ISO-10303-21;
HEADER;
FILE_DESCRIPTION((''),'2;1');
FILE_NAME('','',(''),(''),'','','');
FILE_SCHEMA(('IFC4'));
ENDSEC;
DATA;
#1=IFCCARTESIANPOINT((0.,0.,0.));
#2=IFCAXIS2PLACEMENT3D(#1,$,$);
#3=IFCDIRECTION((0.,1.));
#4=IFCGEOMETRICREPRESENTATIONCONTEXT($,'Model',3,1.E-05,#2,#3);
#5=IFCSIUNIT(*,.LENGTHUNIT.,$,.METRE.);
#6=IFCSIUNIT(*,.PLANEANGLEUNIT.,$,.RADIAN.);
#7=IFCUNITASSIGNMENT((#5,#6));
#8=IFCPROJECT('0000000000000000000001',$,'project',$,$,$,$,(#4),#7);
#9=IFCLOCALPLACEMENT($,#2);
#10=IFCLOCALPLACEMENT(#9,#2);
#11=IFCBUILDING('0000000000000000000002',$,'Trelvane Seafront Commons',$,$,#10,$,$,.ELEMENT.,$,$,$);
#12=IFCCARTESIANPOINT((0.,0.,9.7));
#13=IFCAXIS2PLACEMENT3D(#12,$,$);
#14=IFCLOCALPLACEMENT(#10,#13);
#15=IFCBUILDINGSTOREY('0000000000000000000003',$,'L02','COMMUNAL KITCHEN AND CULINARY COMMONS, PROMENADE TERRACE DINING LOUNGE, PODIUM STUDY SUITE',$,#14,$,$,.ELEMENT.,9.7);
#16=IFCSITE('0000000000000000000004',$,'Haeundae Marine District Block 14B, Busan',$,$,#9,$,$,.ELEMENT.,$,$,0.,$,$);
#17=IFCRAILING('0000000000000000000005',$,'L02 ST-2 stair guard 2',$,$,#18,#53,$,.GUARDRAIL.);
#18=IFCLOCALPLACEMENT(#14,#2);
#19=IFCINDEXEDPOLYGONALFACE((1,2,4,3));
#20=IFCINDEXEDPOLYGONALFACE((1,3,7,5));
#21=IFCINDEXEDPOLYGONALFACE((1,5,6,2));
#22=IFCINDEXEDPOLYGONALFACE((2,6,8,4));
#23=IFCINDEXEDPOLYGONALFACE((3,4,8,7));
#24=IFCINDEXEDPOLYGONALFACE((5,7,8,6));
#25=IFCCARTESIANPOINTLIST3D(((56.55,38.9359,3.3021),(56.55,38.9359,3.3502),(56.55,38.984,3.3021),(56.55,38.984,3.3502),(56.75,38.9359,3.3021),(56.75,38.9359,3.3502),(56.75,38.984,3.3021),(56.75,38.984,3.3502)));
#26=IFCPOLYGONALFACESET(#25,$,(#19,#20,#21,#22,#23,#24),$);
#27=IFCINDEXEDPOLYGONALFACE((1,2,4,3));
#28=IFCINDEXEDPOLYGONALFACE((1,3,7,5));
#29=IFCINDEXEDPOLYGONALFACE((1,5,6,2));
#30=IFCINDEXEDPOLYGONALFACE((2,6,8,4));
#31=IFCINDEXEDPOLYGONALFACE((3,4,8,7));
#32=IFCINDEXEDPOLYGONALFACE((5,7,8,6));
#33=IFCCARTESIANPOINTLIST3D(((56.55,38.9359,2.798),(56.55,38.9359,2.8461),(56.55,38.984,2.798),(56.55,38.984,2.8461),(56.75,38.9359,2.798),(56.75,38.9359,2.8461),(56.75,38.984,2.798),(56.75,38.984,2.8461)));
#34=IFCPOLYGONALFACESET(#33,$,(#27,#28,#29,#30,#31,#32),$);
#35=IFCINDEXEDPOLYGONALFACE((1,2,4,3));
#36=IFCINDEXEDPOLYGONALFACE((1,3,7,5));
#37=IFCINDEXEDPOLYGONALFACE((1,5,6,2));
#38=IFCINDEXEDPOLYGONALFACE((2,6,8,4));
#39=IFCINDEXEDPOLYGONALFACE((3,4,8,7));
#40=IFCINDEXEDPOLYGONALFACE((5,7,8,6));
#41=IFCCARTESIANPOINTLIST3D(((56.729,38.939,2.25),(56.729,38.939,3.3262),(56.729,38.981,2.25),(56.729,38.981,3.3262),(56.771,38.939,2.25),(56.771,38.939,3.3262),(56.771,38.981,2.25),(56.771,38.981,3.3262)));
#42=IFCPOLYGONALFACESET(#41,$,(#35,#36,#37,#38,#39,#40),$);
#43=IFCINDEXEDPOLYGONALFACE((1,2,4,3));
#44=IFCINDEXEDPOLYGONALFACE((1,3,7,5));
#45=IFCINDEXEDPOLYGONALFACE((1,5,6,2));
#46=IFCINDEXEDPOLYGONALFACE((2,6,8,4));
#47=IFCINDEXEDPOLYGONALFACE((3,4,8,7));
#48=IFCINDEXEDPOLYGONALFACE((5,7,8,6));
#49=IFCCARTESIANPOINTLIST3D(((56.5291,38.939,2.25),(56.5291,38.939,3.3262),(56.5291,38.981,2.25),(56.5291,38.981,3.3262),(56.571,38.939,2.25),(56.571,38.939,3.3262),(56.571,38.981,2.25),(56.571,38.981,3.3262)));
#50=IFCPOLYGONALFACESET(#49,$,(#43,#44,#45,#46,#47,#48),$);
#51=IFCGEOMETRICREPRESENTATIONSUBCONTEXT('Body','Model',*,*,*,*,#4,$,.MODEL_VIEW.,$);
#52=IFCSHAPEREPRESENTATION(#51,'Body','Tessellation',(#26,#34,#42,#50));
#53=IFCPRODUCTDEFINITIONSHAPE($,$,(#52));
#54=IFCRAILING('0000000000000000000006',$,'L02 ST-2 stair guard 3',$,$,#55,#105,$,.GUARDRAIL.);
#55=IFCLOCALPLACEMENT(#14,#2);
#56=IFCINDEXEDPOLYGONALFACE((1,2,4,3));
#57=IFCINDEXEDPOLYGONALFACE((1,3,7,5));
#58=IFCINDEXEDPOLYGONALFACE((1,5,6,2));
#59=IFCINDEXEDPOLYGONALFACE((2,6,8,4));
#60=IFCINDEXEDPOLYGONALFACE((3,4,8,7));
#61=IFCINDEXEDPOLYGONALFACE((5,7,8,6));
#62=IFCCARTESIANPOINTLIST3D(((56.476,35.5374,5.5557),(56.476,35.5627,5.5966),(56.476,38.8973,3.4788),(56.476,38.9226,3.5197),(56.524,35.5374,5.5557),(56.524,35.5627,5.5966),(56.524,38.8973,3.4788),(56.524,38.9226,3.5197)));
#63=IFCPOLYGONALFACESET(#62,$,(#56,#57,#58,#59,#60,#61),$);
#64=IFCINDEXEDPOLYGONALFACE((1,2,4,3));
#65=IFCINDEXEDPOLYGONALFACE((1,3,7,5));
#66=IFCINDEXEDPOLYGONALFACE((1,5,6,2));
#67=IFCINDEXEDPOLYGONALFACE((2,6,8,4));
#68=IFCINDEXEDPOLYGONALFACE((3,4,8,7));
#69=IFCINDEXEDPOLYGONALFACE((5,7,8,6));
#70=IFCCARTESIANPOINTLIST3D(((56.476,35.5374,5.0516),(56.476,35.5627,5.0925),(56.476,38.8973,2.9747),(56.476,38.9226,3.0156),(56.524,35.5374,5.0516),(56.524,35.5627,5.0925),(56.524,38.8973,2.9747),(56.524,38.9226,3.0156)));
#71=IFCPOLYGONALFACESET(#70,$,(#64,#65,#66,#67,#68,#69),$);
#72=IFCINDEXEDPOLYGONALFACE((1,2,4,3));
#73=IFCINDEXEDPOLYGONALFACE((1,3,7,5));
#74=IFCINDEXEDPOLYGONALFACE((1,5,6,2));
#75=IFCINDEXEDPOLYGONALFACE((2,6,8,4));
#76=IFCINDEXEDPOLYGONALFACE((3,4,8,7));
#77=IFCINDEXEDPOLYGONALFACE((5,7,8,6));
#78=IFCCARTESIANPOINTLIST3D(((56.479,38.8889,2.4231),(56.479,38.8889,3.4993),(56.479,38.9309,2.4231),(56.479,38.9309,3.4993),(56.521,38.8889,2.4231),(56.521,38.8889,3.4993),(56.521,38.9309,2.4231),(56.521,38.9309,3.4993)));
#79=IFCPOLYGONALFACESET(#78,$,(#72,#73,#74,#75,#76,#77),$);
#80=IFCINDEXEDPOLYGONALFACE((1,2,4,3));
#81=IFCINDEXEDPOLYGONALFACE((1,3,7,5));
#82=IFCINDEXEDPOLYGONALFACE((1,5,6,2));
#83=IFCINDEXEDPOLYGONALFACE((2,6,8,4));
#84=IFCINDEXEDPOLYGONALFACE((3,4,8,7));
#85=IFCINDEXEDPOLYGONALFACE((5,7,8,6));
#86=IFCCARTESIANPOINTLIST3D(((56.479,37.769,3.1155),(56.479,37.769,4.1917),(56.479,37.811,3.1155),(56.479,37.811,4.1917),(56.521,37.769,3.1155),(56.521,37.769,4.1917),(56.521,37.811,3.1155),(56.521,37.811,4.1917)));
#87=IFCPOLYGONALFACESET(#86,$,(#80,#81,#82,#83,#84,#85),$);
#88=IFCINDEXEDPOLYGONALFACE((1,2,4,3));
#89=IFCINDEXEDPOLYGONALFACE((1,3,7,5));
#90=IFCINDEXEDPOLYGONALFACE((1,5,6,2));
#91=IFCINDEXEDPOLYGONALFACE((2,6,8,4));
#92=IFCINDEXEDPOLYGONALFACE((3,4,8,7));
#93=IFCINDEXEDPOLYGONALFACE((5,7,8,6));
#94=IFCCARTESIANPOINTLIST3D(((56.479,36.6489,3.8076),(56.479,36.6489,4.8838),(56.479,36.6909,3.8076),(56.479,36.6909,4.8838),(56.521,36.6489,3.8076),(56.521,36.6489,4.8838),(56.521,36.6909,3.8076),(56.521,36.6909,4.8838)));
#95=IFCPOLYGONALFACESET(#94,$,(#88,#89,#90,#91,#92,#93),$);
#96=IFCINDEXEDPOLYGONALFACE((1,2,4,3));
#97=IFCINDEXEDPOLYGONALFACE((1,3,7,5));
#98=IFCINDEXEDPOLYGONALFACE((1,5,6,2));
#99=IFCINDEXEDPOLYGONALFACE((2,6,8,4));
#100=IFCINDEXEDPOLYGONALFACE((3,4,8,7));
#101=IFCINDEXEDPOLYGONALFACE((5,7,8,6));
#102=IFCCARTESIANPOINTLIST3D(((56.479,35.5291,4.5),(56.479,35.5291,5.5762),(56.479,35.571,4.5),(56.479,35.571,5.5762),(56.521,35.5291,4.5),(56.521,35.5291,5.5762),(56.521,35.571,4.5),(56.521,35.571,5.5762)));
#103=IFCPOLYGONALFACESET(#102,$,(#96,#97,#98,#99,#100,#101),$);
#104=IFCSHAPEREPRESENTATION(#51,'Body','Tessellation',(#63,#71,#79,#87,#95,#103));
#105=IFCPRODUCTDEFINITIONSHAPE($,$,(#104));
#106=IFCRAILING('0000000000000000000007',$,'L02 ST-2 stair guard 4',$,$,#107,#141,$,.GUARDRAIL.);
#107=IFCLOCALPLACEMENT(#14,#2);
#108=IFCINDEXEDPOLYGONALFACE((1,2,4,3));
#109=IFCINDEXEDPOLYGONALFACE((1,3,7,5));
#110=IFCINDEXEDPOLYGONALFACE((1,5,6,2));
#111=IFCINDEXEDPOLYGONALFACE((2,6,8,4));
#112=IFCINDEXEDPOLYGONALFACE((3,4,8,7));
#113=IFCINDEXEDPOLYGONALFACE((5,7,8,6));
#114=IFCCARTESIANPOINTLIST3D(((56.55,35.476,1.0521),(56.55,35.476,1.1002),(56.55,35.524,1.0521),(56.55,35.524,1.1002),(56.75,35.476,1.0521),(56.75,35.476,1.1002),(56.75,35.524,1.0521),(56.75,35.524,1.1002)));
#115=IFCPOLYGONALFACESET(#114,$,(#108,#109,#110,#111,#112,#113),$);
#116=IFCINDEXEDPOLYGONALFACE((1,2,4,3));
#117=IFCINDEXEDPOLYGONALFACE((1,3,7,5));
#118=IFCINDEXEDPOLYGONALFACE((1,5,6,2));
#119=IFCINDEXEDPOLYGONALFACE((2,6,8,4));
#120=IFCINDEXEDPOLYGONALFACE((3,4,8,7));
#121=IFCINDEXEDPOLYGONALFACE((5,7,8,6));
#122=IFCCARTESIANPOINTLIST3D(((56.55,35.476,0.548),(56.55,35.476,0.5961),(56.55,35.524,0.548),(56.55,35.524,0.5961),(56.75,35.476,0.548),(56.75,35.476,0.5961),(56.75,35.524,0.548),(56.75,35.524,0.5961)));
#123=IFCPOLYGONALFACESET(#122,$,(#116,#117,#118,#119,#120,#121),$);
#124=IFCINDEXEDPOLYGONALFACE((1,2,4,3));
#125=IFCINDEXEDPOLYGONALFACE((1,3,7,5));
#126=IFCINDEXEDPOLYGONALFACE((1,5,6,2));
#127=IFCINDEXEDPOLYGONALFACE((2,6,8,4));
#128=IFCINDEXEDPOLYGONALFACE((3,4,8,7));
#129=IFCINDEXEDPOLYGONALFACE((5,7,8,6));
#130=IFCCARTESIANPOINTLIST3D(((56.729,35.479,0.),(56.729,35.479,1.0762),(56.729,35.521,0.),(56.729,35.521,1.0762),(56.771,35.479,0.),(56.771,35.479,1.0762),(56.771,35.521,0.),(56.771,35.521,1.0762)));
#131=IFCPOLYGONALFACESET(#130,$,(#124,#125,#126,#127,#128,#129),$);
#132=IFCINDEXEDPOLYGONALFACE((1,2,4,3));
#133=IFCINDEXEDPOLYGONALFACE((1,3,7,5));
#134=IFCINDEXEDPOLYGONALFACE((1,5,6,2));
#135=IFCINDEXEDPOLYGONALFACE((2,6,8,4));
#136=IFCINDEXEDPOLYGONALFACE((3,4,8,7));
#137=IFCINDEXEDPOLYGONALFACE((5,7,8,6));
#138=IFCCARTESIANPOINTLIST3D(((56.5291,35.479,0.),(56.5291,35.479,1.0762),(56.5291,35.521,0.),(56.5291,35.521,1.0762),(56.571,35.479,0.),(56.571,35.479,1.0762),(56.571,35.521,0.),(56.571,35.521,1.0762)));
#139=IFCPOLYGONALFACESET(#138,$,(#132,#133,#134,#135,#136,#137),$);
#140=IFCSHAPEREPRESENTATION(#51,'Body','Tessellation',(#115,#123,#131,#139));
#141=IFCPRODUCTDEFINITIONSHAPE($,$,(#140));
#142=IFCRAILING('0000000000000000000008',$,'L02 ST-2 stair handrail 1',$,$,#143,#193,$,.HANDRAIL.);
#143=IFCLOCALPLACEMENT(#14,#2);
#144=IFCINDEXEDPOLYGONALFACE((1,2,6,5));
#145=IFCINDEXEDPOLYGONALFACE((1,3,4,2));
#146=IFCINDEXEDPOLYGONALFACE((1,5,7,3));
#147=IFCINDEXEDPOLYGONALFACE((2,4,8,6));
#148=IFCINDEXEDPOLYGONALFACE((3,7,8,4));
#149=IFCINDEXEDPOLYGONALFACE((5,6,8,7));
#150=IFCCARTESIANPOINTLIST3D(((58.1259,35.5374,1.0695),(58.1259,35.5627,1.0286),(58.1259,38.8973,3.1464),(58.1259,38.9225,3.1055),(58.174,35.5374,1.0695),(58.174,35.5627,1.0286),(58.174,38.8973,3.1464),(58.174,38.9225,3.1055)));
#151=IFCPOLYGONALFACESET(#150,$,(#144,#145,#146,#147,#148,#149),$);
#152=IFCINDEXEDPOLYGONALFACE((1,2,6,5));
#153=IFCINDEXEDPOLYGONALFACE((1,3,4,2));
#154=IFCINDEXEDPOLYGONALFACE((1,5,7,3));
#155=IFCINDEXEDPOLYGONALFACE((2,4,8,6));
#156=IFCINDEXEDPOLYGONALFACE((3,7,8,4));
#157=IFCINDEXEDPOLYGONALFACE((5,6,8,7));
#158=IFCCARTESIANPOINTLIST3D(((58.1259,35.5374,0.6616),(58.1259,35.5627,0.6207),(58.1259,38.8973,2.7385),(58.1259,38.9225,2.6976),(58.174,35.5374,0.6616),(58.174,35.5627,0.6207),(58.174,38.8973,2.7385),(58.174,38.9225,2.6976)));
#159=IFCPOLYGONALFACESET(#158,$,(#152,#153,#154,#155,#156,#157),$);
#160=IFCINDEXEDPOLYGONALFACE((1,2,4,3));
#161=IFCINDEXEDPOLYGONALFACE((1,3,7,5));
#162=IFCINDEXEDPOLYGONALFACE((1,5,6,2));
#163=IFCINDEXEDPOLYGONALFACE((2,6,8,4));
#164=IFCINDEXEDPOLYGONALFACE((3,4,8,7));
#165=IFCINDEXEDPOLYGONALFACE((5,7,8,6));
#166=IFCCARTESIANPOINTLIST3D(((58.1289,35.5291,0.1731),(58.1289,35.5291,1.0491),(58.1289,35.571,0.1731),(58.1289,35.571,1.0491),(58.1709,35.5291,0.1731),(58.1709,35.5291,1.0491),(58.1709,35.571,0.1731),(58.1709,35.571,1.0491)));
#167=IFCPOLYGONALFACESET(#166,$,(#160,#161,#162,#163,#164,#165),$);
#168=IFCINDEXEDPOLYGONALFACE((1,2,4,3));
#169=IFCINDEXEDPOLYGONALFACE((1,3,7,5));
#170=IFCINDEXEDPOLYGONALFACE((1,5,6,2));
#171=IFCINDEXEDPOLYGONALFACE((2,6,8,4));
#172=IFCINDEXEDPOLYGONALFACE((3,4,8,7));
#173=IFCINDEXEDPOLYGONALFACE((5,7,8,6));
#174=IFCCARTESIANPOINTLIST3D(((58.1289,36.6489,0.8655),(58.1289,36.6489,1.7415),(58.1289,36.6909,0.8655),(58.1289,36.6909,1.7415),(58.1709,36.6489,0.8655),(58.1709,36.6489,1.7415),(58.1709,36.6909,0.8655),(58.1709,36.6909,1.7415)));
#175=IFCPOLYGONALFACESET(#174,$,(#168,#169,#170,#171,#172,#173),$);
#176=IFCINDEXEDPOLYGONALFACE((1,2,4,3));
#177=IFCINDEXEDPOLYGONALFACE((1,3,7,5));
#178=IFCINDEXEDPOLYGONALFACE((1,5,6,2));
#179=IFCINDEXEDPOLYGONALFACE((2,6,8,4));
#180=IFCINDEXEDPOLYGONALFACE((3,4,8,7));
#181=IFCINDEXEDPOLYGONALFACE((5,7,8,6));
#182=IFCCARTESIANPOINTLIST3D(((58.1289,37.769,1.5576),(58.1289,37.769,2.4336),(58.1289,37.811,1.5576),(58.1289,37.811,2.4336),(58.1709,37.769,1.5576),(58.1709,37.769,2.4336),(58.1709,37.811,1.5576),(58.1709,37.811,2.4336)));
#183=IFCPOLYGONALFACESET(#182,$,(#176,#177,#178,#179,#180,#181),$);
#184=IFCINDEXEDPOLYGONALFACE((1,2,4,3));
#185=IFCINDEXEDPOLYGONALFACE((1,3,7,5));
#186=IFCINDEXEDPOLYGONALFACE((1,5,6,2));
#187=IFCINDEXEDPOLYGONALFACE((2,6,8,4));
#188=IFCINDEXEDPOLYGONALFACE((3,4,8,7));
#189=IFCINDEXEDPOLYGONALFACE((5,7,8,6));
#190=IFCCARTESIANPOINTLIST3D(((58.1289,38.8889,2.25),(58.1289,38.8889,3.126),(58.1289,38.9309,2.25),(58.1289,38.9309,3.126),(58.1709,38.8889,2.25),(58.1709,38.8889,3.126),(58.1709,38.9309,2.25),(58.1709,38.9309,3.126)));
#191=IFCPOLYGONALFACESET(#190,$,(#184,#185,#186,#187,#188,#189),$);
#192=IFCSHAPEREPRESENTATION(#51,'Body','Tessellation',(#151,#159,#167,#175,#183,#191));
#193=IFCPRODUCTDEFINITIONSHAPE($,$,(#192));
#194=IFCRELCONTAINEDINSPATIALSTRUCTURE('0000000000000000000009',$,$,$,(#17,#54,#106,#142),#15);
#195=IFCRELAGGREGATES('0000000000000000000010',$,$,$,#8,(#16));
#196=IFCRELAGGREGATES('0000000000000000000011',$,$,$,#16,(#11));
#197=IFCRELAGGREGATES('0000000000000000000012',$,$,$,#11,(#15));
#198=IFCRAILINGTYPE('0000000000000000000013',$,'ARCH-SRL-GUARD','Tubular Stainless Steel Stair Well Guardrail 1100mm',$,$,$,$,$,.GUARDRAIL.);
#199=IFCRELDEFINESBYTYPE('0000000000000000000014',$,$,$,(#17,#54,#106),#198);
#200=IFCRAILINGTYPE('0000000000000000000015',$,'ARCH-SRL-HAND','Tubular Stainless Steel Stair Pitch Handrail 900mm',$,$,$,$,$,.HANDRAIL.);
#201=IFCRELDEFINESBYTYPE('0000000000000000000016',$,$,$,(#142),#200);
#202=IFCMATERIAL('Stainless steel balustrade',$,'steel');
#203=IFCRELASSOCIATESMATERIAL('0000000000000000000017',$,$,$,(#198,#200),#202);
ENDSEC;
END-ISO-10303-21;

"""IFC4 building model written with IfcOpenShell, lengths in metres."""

from ifc_helpers import new_model, si_unit, direction, frame, origin, origin_2d, place, context, subcontext, project, spatial, rectangle, extrude, material, type_object, element, save


model = new_model("IFC4")

# Units and contexts
model_context = context("Model", 3, precision=1e-05, world=origin(), true_north=direction((0.0, 1.0)))
body_context = subcontext(model_context, "Body", "Model", "MODEL_VIEW")
ifc_project = project(units=[si_unit("LENGTHUNIT", "METRE"), si_unit("PLANEANGLEUNIT", "RADIAN")], contexts=[model_context])

# Site, building, storey
site_placement = place(None, origin())
site = spatial("IfcSite", under=ifc_project, at=site_placement, Name="Haeundae Marine District Block 14B, Busan", CompositionType="ELEMENT", RefElevation=0.0)
building_placement = place(site_placement, origin())
building = spatial("IfcBuilding", under=site, at=building_placement, Name="Trelvane Seafront Commons", CompositionType="ELEMENT")
storey_placement = place(building_placement, frame((0.0, 0.0, 9.7)))
storey = spatial("IfcBuildingStorey", under=building, at=storey_placement, Name="L02", Description="COMMUNAL KITCHEN AND CULINARY COMMONS, PROMENADE TERRACE DINING LOUNGE, PODIUM STUDY SUITE", CompositionType="ELEMENT", Elevation=9.7)

# Railings
ifc_material_1 = material(Name="Stainless steel balustrade", Category="steel")
railing_type_1 = type_object("IfcRailingType", Name="ARCH-SRL-GUARD", Description="Tubular Stainless Steel Stair Well Guardrail 1100mm", PredefinedType="GUARDRAIL", material=ifc_material_1)
railing_1_placement = place(storey_placement, frame((56.75, 38.96, 2.25)))
element("IfcRailing", 1, at=railing_1_placement, inside=storey, type_object=railing_type_1, Name="L02 ST-2 stair guard 2", PredefinedType="GUARDRAIL", context=body_context, shape_type="SweptSolid", body=[
    extrude(rectangle(XDim=0.0481, YDim=0.0481, at=origin_2d()), frame((0.0, 0.0, 1.0762), z_axis=(-1.0, 0.0, 0.0), x_axis=(0.0, -1.0, 0.0)), (0.0, 0.0, 1.0), 0.2),
    extrude(rectangle(XDim=0.0481, YDim=0.0481, at=origin_2d()), frame((0.0, 0.0, 0.572), z_axis=(-1.0, 0.0, 0.0), x_axis=(0.0, -1.0, 0.0)), (0.0, 0.0, 1.0), 0.2),
    extrude(rectangle(XDim=0.042, YDim=0.042, at=origin_2d()), origin(), (0.0, 0.0, 1.0), 1.0762),
    extrude(rectangle(XDim=0.042, YDim=0.042, at=origin_2d()), frame((-0.2, 0.0, 0.0)), (0.0, 0.0, 1.0), 1.0762),
])
railing_2_placement = place(storey_placement, frame((56.5, 38.9099, 2.4231)))
element("IfcRailing", 2, at=railing_2_placement, inside=storey, type_object=railing_type_1, Name="L02 ST-2 stair guard 3", PredefinedType="GUARDRAIL", context=body_context, shape_type="SweptSolid", body=[
    extrude(rectangle(XDim=0.0481, YDim=0.0481, at=origin_2d()), frame((0.0, 0.0, 1.0762), z_axis=(0.0, -0.850606, 0.525803), x_axis=(1.0, 0.0, 0.0)), (0.0, 0.0, 1.0), 3.95),
    extrude(rectangle(XDim=0.0481, YDim=0.0481, at=origin_2d()), frame((0.0, 0.0, 0.572), z_axis=(0.0, -0.850606, 0.525803), x_axis=(1.0, 0.0, 0.0)), (0.0, 0.0, 1.0), 3.95),
    extrude(rectangle(XDim=0.042, YDim=0.042, at=origin_2d()), origin(), (0.0, 0.0, 1.0), 1.0762),
    extrude(rectangle(XDim=0.042, YDim=0.042, at=origin_2d()), frame((0.0, -1.1199, 0.6924)), (0.0, 0.0, 1.0), 1.0762),
    extrude(rectangle(XDim=0.042, YDim=0.042, at=origin_2d()), frame((0.0, -2.24, 1.3845)), (0.0, 0.0, 1.0), 1.0762),
    extrude(rectangle(XDim=0.042, YDim=0.042, at=origin_2d()), frame((0.0, -3.3599, 2.0769)), (0.0, 0.0, 1.0), 1.0762),
])
railing_3_placement = place(storey_placement, frame((56.75, 35.5, 0.0)))
element("IfcRailing", 3, at=railing_3_placement, inside=storey, type_object=railing_type_1, Name="L02 ST-2 stair guard 4", PredefinedType="GUARDRAIL", context=body_context, shape_type="SweptSolid", body=[
    extrude(rectangle(XDim=0.0481, YDim=0.0481, at=origin_2d()), frame((0.0, 0.0, 1.0762), z_axis=(-1.0, 0.0, 0.0), x_axis=(0.0, -1.0, 0.0)), (0.0, 0.0, 1.0), 0.2),
    extrude(rectangle(XDim=0.0481, YDim=0.0481, at=origin_2d()), frame((0.0, 0.0, 0.572), z_axis=(-1.0, 0.0, 0.0), x_axis=(0.0, -1.0, 0.0)), (0.0, 0.0, 1.0), 0.2),
    extrude(rectangle(XDim=0.042, YDim=0.042, at=origin_2d()), origin(), (0.0, 0.0, 1.0), 1.0762),
    extrude(rectangle(XDim=0.042, YDim=0.042, at=origin_2d()), frame((-0.2, 0.0, 0.0)), (0.0, 0.0, 1.0), 1.0762),
])
railing_type_2 = type_object("IfcRailingType", Name="ARCH-SRL-HAND", Description="Tubular Stainless Steel Stair Pitch Handrail 900mm", PredefinedType="HANDRAIL", material=ifc_material_1)
railing_4_placement = place(storey_placement, frame((58.1499, 35.55, 0.1731)))
element("IfcRailing", 4, at=railing_4_placement, inside=storey, type_object=railing_type_2, Name="L02 ST-2 stair handrail 1", PredefinedType="HANDRAIL", context=body_context, shape_type="SweptSolid", body=[
    extrude(rectangle(XDim=0.0481, YDim=0.0481, at=origin_2d()), frame((0.0, 0.0, 0.876), z_axis=(0.0, 0.850606, 0.525803), x_axis=(-1.0, 0.0, 0.0)), (0.0, 0.0, 1.0), 3.95),
    extrude(rectangle(XDim=0.0481, YDim=0.0481, at=origin_2d()), frame((0.0, 0.0, 0.468), z_axis=(0.0, 0.850606, 0.525803), x_axis=(-1.0, 0.0, 0.0)), (0.0, 0.0, 1.0), 3.95),
    extrude(rectangle(XDim=0.042, YDim=0.042, at=origin_2d()), origin(), (0.0, 0.0, 1.0), 0.876),
    extrude(rectangle(XDim=0.042, YDim=0.042, at=origin_2d()), frame((0.0, 1.1199, 0.6924)), (0.0, 0.0, 1.0), 0.876),
    extrude(rectangle(XDim=0.042, YDim=0.042, at=origin_2d()), frame((0.0, 2.24, 1.3845)), (0.0, 0.0, 1.0), 0.876),
    extrude(rectangle(XDim=0.042, YDim=0.042, at=origin_2d()), frame((0.0, 3.3599, 2.0769)), (0.0, 0.0, 1.0), 0.876),
])

save(model, "model.ifc")
